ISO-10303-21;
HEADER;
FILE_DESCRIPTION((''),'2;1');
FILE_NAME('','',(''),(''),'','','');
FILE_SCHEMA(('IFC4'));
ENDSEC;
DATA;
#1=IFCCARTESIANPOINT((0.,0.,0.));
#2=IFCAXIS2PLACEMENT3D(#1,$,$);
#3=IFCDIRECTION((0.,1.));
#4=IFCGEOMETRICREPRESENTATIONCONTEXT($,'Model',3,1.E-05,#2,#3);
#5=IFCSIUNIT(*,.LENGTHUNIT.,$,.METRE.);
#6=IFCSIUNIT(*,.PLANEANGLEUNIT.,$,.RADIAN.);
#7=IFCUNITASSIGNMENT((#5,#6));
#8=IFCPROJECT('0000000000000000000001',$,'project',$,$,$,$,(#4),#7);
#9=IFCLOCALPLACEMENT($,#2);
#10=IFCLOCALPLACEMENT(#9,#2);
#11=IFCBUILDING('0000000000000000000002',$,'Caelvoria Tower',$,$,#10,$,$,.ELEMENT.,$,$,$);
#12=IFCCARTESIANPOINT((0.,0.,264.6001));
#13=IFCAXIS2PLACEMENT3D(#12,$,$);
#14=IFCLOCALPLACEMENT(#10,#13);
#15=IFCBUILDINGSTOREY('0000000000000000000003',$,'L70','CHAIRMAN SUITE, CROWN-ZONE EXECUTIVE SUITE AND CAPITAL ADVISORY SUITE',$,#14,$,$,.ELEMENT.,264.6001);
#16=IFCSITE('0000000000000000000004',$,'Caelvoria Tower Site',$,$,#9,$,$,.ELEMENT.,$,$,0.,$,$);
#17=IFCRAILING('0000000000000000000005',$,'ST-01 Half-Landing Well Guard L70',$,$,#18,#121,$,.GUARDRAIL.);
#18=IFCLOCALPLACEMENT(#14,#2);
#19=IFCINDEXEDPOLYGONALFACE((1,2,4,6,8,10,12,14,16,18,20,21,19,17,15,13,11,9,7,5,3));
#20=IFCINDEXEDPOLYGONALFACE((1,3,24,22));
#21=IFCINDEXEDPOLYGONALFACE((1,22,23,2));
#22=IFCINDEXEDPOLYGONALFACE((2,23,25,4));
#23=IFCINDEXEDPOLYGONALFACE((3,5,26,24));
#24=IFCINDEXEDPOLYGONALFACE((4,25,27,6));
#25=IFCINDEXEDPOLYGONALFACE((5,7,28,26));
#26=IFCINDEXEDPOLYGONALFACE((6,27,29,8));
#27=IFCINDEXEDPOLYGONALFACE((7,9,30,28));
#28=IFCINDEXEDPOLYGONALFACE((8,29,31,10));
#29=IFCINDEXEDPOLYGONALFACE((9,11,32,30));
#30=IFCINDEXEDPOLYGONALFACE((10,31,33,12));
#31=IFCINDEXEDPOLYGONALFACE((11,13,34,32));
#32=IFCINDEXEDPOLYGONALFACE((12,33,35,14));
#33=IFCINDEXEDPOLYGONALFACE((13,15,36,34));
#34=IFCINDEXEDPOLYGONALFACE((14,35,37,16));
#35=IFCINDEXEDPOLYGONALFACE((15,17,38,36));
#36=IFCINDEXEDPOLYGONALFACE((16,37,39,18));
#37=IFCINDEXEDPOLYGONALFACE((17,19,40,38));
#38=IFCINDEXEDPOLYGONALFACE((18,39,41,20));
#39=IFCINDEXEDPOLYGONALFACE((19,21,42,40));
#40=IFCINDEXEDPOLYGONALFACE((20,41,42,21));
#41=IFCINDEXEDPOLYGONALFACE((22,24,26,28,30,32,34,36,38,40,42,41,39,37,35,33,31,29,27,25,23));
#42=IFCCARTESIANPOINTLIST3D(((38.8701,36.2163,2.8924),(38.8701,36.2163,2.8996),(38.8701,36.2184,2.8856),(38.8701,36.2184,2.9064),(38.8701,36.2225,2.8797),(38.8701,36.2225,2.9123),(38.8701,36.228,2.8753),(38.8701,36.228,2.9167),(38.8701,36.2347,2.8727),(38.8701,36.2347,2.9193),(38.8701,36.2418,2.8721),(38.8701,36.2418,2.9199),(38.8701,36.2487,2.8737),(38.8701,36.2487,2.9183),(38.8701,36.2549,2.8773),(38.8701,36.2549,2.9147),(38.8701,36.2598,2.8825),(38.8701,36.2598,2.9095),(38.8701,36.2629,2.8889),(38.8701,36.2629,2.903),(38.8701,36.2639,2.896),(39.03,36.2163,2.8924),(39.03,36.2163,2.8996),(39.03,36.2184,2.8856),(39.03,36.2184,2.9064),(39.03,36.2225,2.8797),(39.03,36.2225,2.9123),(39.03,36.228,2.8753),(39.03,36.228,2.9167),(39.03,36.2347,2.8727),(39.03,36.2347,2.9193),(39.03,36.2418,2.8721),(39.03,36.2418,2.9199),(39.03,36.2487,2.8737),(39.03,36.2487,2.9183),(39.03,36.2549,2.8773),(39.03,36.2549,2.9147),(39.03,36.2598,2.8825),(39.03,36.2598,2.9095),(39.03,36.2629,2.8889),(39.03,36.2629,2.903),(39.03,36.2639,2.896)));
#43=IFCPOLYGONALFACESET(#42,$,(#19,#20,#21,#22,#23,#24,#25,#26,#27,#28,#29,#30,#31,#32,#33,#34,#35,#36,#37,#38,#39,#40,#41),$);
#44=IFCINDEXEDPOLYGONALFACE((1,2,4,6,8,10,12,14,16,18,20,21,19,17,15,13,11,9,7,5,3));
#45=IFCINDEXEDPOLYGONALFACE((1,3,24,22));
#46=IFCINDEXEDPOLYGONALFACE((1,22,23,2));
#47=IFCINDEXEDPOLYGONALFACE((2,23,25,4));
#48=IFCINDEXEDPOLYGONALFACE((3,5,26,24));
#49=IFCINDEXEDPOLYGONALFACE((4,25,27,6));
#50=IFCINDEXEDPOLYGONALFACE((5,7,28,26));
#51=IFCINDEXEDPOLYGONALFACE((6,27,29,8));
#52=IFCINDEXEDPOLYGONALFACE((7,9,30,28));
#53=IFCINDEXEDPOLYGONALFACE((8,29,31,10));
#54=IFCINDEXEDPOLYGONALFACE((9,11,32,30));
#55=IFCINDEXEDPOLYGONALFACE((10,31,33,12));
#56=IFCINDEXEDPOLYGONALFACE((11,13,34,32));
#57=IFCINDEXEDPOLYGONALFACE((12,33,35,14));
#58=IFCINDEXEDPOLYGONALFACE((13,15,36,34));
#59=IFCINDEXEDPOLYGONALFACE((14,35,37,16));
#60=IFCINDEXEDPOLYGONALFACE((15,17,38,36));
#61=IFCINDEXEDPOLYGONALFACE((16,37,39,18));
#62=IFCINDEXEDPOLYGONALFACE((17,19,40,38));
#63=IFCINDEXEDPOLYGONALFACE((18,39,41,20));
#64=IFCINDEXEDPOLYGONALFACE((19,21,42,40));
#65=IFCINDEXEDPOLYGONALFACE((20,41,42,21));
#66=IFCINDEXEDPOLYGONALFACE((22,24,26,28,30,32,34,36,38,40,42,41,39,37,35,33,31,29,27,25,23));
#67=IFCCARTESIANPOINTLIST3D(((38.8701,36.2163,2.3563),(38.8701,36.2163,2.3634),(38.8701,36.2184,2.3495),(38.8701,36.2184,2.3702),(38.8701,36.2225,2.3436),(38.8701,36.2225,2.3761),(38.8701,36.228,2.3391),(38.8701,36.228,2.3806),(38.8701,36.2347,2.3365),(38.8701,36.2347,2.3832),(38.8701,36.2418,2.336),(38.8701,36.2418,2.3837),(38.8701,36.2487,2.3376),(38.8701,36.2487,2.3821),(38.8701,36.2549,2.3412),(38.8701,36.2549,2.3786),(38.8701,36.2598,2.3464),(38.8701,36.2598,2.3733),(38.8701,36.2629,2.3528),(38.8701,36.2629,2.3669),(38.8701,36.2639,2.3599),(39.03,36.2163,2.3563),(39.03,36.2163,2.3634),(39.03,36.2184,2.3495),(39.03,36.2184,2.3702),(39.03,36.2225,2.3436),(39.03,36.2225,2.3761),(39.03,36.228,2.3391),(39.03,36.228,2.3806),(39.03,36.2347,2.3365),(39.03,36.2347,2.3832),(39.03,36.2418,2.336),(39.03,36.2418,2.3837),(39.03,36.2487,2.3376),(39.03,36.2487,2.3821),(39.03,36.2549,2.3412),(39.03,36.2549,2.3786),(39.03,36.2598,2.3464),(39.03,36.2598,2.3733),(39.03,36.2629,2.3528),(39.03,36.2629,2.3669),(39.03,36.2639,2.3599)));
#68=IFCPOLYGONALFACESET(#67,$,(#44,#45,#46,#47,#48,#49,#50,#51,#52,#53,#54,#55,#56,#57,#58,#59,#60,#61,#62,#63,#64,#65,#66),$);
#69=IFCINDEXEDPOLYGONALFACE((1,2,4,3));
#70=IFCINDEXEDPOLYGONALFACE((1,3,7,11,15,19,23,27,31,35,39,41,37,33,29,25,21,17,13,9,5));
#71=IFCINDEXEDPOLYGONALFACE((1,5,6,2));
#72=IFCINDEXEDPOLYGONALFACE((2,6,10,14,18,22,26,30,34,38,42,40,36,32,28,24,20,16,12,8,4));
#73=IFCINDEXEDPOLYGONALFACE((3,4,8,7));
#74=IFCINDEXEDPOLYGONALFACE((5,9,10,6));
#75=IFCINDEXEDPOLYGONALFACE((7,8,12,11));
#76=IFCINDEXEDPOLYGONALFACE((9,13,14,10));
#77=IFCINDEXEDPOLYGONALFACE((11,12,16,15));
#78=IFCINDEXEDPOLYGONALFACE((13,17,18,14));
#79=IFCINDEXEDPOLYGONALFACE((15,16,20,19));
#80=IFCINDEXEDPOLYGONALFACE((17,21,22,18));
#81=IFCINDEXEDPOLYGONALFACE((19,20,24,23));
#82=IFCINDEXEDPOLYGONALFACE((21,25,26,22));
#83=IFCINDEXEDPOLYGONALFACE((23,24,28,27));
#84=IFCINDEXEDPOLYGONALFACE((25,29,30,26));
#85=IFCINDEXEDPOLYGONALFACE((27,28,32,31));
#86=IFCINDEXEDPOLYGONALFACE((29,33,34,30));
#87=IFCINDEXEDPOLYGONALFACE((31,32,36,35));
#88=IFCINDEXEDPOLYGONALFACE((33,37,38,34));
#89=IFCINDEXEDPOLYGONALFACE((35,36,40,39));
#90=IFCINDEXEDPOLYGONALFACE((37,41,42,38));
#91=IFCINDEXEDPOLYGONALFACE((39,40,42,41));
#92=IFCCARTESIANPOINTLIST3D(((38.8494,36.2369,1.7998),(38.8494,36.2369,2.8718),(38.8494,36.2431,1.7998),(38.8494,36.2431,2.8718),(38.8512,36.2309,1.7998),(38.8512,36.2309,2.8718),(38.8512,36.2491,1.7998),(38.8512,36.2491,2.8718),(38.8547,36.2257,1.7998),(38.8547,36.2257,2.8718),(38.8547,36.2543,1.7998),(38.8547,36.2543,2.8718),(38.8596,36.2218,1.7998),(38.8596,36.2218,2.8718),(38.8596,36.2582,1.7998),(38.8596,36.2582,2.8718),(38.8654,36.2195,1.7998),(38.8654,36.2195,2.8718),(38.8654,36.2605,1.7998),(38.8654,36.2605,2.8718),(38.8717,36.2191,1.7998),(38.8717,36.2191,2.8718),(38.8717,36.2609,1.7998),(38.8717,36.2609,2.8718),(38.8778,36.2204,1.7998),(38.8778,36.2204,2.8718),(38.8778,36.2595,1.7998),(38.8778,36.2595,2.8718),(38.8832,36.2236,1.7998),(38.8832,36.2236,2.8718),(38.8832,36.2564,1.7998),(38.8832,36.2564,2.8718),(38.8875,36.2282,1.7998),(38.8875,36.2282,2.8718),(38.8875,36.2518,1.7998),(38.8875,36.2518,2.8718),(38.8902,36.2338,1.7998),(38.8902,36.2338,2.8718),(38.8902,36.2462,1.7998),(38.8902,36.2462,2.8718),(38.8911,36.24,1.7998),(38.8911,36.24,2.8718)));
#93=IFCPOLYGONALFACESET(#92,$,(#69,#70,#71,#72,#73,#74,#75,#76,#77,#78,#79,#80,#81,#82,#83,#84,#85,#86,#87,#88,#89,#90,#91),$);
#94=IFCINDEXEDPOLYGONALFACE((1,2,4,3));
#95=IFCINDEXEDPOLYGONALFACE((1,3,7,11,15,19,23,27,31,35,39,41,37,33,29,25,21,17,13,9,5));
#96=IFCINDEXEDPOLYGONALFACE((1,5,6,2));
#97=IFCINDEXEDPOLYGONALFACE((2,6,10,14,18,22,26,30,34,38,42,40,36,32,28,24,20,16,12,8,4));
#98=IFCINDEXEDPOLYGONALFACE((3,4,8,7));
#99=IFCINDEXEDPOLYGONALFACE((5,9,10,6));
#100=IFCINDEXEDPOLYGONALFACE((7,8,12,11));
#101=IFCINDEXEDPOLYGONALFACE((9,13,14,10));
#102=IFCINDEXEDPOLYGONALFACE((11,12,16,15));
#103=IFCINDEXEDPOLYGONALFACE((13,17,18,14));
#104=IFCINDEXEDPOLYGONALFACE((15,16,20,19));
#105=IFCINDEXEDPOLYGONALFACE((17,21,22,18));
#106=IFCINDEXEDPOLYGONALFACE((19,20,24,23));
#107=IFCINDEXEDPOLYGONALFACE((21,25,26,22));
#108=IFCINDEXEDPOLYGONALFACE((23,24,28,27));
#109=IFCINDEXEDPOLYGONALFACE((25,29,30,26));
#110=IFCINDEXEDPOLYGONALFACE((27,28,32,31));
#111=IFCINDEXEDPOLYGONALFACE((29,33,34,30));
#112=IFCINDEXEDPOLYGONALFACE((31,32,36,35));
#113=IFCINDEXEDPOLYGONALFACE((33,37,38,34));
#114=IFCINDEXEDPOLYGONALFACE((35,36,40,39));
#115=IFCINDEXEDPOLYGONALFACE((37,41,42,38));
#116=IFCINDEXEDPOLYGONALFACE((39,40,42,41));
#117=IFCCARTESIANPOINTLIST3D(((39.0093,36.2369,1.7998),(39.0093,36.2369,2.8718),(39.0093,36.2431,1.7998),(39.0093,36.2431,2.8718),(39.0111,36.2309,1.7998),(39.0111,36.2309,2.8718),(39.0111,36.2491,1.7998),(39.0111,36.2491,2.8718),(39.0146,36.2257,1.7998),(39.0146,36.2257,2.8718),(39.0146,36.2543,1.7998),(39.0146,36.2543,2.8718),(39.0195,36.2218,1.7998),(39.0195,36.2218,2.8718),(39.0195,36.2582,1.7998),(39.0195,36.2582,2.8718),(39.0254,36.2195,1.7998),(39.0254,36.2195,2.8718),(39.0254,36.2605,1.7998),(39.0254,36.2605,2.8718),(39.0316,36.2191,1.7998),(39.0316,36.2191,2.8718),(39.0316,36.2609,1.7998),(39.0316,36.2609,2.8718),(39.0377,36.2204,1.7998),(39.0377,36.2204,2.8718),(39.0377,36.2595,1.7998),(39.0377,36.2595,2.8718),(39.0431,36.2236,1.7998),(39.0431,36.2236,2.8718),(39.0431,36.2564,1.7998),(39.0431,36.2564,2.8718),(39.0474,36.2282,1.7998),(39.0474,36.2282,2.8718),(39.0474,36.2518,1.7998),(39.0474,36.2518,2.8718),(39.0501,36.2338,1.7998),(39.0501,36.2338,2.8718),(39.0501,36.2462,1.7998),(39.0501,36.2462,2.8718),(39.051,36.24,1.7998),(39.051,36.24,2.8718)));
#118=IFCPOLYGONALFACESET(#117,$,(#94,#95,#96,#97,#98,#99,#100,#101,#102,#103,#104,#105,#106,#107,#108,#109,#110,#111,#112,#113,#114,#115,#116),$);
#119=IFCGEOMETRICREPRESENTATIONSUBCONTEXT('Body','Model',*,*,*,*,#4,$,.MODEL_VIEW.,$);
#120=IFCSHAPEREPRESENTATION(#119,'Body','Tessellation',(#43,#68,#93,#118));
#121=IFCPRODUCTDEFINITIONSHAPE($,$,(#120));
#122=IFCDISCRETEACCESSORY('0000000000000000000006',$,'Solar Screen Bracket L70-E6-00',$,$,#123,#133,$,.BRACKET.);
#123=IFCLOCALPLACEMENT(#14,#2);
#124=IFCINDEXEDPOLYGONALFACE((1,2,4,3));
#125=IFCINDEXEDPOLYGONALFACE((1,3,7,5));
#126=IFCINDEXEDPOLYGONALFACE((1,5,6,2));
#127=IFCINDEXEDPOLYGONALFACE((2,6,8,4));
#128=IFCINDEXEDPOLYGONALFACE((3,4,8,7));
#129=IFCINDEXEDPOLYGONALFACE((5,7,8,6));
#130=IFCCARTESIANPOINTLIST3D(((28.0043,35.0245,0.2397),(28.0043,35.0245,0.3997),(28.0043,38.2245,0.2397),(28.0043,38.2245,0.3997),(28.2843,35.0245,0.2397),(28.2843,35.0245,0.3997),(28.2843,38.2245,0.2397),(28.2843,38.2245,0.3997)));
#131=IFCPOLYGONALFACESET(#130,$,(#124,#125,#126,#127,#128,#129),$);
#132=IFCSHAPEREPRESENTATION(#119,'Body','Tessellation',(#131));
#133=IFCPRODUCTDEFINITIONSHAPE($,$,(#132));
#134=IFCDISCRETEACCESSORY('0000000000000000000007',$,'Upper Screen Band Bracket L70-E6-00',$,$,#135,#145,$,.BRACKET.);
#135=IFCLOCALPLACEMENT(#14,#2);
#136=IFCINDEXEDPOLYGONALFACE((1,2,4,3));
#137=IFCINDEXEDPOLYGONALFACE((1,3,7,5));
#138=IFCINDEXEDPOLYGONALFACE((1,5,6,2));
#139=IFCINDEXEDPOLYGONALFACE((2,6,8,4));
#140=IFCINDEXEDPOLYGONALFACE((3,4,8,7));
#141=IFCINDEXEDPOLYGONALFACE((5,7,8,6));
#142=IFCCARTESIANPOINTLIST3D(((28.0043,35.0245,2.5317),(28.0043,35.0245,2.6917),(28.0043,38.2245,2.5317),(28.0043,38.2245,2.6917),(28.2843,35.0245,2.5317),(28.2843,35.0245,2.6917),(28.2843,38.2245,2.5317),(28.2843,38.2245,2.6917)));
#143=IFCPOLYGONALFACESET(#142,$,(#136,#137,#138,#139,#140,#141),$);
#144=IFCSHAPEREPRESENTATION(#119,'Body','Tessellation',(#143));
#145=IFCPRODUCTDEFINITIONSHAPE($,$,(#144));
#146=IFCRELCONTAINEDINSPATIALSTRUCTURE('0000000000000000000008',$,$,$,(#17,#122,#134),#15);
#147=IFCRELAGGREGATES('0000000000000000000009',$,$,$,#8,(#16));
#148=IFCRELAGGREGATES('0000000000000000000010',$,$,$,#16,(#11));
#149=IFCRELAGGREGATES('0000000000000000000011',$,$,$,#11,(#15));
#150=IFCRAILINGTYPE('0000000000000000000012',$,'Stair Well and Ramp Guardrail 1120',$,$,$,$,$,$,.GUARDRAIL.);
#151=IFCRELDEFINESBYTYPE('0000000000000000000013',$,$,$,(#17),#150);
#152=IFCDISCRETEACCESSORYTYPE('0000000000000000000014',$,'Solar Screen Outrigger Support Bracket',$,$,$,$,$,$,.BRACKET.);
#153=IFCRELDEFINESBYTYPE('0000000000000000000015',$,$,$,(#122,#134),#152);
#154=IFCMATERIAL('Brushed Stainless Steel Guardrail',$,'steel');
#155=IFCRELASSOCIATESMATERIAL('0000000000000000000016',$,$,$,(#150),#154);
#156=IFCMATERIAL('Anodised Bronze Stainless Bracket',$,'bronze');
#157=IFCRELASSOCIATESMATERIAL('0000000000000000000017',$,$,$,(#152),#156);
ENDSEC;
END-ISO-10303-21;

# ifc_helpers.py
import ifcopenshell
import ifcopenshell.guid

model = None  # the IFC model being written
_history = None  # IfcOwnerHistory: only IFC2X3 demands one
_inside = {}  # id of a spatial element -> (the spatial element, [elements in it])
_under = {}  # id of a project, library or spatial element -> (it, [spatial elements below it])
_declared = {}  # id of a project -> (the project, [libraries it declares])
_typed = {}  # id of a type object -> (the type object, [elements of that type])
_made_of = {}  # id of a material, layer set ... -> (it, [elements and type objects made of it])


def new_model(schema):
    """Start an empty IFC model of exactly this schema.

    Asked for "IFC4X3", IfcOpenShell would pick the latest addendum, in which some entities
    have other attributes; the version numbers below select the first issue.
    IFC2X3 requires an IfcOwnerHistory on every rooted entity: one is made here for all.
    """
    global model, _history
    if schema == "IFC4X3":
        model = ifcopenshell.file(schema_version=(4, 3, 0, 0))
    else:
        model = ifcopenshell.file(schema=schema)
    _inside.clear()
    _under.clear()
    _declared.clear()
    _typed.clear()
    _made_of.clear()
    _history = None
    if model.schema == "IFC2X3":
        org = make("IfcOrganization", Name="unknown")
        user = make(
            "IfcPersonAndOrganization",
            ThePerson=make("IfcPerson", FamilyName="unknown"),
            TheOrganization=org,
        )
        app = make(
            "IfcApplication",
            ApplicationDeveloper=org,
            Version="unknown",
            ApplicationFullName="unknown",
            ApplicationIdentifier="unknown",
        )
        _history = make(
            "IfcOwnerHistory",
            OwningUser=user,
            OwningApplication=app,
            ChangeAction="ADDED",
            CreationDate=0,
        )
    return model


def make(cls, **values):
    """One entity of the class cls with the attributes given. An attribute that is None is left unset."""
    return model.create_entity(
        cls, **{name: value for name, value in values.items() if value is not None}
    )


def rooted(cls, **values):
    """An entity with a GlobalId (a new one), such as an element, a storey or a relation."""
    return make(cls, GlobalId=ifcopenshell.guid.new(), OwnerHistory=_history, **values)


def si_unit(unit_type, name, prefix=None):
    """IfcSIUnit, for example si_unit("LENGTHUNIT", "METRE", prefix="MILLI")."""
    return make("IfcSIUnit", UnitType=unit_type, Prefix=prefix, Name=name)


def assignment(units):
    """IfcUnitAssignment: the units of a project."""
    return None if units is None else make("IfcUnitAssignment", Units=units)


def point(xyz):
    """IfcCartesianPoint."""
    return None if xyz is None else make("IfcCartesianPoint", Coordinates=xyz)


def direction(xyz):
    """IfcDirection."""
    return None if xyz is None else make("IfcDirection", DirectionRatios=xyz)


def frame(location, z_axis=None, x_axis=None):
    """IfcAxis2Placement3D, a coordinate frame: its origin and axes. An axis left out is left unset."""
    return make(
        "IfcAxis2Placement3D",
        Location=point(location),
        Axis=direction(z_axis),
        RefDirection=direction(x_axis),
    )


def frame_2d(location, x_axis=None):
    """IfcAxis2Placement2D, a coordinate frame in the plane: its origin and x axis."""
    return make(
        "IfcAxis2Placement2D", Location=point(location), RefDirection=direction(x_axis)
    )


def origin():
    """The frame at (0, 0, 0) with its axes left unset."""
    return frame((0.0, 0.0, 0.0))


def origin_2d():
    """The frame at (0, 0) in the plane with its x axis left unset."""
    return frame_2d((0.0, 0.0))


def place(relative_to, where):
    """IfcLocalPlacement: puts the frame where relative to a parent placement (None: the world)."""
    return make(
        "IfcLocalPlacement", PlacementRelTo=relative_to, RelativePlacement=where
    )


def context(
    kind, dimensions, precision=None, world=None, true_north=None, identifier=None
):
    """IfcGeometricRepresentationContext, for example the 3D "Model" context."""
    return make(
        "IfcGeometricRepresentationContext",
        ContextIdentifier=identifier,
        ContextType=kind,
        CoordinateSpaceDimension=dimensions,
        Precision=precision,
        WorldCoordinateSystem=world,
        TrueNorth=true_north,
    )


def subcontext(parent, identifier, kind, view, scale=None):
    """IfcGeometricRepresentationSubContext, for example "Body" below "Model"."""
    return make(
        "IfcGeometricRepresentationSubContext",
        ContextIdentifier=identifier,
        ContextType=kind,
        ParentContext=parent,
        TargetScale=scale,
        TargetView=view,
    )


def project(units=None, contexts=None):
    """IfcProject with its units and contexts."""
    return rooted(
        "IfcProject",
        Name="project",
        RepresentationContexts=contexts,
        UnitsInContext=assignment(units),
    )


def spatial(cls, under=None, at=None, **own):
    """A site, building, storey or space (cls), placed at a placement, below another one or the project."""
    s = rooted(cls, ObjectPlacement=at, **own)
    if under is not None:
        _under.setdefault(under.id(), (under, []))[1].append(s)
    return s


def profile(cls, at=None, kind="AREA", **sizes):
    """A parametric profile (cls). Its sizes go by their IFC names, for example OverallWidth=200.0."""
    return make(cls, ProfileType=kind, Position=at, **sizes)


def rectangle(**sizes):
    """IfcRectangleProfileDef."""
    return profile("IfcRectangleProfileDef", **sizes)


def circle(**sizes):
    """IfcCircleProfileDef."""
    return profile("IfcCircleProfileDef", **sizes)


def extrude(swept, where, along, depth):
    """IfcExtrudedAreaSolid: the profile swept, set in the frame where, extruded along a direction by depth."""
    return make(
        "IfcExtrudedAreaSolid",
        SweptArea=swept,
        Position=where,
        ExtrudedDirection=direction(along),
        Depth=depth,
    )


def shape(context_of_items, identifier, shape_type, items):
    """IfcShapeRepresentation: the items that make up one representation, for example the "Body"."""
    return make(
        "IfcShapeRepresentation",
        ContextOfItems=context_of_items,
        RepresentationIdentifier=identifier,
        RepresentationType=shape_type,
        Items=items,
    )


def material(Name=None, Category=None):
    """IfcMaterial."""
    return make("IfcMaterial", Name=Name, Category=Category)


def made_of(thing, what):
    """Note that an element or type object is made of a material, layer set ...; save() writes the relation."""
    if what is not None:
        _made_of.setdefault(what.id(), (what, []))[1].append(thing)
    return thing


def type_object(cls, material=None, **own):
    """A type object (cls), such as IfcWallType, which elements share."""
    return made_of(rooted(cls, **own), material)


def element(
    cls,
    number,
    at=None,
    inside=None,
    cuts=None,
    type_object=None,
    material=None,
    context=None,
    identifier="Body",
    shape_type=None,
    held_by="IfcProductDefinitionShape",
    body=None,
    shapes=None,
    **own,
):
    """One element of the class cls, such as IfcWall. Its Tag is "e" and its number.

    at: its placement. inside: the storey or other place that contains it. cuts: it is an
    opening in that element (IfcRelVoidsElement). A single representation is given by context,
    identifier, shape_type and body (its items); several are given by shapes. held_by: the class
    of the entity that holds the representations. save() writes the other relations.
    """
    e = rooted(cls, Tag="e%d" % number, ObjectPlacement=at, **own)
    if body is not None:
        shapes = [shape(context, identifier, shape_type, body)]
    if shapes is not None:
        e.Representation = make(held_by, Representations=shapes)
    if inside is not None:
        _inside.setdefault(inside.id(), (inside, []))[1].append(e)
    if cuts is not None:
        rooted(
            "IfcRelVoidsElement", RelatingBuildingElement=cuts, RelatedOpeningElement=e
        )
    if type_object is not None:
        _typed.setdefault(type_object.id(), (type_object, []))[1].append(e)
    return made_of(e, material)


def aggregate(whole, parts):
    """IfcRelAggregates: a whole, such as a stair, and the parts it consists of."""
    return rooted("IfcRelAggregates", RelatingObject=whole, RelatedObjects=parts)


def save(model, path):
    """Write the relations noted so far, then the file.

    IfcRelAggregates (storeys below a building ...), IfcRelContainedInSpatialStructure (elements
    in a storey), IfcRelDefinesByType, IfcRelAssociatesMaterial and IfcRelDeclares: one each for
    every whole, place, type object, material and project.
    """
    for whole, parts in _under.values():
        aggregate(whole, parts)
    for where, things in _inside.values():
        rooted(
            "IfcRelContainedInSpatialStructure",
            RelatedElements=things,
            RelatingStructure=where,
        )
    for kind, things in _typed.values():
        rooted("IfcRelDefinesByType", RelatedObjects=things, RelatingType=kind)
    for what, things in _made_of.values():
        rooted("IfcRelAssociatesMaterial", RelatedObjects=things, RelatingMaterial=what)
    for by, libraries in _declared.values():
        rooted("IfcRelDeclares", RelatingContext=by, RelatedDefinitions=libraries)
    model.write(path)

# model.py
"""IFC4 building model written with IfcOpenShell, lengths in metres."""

from ifc_helpers import new_model, si_unit, direction, frame, origin, origin_2d, place, context, subcontext, project, spatial, rectangle, circle, extrude, material, type_object, element, save


model = new_model("IFC4")

# Units and contexts
model_context = context("Model", 3, precision=1e-05, world=origin(), true_north=direction((0.0, 1.0)))
body_context = subcontext(model_context, "Body", "Model", "MODEL_VIEW")
ifc_project = project(units=[si_unit("LENGTHUNIT", "METRE"), si_unit("PLANEANGLEUNIT", "RADIAN")], contexts=[model_context])

# Site, building, storey
site_placement = place(None, origin())
site = spatial("IfcSite", under=ifc_project, at=site_placement, Name="Caelvoria Tower Site", CompositionType="ELEMENT", RefElevation=0.0)
building_placement = place(site_placement, origin())
building = spatial("IfcBuilding", under=site, at=building_placement, Name="Caelvoria Tower", CompositionType="ELEMENT")
storey_placement = place(building_placement, frame((0.0, 0.0, 264.6001)))
storey = spatial("IfcBuildingStorey", under=building, at=storey_placement, Name="L70", Description="CHAIRMAN SUITE, CROWN-ZONE EXECUTIVE SUITE AND CAPITAL ADVISORY SUITE", CompositionType="ELEMENT", Elevation=264.6001)

# Railing
ifc_material_1 = material(Name="Brushed Stainless Steel Guardrail", Category="steel")
railing_type_1 = type_object("IfcRailingType", Name="Stair Well and Ramp Guardrail 1120", PredefinedType="GUARDRAIL", material=ifc_material_1)
railing_1_placement = place(storey_placement, frame((38.8701, 36.24, 1.7998)))
element("IfcRailing", 1, at=railing_1_placement, inside=storey, type_object=railing_type_1, Name="ST-01 Half-Landing Well Guard L70", PredefinedType="GUARDRAIL", context=body_context, shape_type="SweptSolid", body=[
    extrude(circle(Radius=0.0239, at=origin_2d()), frame((0.0, 0.0, 1.0962), z_axis=(1.0, 0.0, 0.0), x_axis=(0.0, 1.0, 0.0)), (0.0, 0.0, 1.0), 0.1599),
    extrude(circle(Radius=0.0239, at=origin_2d()), frame((0.0, 0.0, 0.5601), z_axis=(1.0, 0.0, 0.0), x_axis=(0.0, 1.0, 0.0)), (0.0, 0.0, 1.0), 0.1599),
    extrude(circle(Radius=0.021, at=origin_2d()), origin(), (0.0, 0.0, 1.0), 1.072),
    extrude(circle(Radius=0.021, at=origin_2d()), frame((0.1599, 0.0, 0.0)), (0.0, 0.0, 1.0), 1.072),
])

# Discrete accessories
ifc_material_2 = material(Name="Anodised Bronze Stainless Bracket", Category="bronze")
discrete_accessory_type = type_object("IfcDiscreteAccessoryType", Name="Solar Screen Outrigger Support Bracket", PredefinedType="BRACKET", material=ifc_material_2)
for number, where, z_axis, x_axis, name in (
    (2, (28.1443, 36.6245, 0.2397), (0.0, 0.0, 1.0), (0.0, -1.0, 0.0), "Solar Screen Bracket L70-E6-00"),
    (3, (28.1443, 36.6245, 2.5317), (0.0, 0.0, 1.0), (0.0, -1.0, 0.0), "Upper Screen Band Bracket L70-E6-00"),
):
    element("IfcDiscreteAccessory", number, at=place(storey_placement, frame(where, z_axis=z_axis, x_axis=x_axis)), inside=storey, type_object=discrete_accessory_type, Name=name, PredefinedType="BRACKET", context=body_context, shape_type="SweptSolid", body=[
        extrude(rectangle(XDim=3.2, YDim=0.28, at=origin_2d()), origin(), (0.0, 0.0, 1.0), 0.1599),
    ])

save(model, "model.ifc")
